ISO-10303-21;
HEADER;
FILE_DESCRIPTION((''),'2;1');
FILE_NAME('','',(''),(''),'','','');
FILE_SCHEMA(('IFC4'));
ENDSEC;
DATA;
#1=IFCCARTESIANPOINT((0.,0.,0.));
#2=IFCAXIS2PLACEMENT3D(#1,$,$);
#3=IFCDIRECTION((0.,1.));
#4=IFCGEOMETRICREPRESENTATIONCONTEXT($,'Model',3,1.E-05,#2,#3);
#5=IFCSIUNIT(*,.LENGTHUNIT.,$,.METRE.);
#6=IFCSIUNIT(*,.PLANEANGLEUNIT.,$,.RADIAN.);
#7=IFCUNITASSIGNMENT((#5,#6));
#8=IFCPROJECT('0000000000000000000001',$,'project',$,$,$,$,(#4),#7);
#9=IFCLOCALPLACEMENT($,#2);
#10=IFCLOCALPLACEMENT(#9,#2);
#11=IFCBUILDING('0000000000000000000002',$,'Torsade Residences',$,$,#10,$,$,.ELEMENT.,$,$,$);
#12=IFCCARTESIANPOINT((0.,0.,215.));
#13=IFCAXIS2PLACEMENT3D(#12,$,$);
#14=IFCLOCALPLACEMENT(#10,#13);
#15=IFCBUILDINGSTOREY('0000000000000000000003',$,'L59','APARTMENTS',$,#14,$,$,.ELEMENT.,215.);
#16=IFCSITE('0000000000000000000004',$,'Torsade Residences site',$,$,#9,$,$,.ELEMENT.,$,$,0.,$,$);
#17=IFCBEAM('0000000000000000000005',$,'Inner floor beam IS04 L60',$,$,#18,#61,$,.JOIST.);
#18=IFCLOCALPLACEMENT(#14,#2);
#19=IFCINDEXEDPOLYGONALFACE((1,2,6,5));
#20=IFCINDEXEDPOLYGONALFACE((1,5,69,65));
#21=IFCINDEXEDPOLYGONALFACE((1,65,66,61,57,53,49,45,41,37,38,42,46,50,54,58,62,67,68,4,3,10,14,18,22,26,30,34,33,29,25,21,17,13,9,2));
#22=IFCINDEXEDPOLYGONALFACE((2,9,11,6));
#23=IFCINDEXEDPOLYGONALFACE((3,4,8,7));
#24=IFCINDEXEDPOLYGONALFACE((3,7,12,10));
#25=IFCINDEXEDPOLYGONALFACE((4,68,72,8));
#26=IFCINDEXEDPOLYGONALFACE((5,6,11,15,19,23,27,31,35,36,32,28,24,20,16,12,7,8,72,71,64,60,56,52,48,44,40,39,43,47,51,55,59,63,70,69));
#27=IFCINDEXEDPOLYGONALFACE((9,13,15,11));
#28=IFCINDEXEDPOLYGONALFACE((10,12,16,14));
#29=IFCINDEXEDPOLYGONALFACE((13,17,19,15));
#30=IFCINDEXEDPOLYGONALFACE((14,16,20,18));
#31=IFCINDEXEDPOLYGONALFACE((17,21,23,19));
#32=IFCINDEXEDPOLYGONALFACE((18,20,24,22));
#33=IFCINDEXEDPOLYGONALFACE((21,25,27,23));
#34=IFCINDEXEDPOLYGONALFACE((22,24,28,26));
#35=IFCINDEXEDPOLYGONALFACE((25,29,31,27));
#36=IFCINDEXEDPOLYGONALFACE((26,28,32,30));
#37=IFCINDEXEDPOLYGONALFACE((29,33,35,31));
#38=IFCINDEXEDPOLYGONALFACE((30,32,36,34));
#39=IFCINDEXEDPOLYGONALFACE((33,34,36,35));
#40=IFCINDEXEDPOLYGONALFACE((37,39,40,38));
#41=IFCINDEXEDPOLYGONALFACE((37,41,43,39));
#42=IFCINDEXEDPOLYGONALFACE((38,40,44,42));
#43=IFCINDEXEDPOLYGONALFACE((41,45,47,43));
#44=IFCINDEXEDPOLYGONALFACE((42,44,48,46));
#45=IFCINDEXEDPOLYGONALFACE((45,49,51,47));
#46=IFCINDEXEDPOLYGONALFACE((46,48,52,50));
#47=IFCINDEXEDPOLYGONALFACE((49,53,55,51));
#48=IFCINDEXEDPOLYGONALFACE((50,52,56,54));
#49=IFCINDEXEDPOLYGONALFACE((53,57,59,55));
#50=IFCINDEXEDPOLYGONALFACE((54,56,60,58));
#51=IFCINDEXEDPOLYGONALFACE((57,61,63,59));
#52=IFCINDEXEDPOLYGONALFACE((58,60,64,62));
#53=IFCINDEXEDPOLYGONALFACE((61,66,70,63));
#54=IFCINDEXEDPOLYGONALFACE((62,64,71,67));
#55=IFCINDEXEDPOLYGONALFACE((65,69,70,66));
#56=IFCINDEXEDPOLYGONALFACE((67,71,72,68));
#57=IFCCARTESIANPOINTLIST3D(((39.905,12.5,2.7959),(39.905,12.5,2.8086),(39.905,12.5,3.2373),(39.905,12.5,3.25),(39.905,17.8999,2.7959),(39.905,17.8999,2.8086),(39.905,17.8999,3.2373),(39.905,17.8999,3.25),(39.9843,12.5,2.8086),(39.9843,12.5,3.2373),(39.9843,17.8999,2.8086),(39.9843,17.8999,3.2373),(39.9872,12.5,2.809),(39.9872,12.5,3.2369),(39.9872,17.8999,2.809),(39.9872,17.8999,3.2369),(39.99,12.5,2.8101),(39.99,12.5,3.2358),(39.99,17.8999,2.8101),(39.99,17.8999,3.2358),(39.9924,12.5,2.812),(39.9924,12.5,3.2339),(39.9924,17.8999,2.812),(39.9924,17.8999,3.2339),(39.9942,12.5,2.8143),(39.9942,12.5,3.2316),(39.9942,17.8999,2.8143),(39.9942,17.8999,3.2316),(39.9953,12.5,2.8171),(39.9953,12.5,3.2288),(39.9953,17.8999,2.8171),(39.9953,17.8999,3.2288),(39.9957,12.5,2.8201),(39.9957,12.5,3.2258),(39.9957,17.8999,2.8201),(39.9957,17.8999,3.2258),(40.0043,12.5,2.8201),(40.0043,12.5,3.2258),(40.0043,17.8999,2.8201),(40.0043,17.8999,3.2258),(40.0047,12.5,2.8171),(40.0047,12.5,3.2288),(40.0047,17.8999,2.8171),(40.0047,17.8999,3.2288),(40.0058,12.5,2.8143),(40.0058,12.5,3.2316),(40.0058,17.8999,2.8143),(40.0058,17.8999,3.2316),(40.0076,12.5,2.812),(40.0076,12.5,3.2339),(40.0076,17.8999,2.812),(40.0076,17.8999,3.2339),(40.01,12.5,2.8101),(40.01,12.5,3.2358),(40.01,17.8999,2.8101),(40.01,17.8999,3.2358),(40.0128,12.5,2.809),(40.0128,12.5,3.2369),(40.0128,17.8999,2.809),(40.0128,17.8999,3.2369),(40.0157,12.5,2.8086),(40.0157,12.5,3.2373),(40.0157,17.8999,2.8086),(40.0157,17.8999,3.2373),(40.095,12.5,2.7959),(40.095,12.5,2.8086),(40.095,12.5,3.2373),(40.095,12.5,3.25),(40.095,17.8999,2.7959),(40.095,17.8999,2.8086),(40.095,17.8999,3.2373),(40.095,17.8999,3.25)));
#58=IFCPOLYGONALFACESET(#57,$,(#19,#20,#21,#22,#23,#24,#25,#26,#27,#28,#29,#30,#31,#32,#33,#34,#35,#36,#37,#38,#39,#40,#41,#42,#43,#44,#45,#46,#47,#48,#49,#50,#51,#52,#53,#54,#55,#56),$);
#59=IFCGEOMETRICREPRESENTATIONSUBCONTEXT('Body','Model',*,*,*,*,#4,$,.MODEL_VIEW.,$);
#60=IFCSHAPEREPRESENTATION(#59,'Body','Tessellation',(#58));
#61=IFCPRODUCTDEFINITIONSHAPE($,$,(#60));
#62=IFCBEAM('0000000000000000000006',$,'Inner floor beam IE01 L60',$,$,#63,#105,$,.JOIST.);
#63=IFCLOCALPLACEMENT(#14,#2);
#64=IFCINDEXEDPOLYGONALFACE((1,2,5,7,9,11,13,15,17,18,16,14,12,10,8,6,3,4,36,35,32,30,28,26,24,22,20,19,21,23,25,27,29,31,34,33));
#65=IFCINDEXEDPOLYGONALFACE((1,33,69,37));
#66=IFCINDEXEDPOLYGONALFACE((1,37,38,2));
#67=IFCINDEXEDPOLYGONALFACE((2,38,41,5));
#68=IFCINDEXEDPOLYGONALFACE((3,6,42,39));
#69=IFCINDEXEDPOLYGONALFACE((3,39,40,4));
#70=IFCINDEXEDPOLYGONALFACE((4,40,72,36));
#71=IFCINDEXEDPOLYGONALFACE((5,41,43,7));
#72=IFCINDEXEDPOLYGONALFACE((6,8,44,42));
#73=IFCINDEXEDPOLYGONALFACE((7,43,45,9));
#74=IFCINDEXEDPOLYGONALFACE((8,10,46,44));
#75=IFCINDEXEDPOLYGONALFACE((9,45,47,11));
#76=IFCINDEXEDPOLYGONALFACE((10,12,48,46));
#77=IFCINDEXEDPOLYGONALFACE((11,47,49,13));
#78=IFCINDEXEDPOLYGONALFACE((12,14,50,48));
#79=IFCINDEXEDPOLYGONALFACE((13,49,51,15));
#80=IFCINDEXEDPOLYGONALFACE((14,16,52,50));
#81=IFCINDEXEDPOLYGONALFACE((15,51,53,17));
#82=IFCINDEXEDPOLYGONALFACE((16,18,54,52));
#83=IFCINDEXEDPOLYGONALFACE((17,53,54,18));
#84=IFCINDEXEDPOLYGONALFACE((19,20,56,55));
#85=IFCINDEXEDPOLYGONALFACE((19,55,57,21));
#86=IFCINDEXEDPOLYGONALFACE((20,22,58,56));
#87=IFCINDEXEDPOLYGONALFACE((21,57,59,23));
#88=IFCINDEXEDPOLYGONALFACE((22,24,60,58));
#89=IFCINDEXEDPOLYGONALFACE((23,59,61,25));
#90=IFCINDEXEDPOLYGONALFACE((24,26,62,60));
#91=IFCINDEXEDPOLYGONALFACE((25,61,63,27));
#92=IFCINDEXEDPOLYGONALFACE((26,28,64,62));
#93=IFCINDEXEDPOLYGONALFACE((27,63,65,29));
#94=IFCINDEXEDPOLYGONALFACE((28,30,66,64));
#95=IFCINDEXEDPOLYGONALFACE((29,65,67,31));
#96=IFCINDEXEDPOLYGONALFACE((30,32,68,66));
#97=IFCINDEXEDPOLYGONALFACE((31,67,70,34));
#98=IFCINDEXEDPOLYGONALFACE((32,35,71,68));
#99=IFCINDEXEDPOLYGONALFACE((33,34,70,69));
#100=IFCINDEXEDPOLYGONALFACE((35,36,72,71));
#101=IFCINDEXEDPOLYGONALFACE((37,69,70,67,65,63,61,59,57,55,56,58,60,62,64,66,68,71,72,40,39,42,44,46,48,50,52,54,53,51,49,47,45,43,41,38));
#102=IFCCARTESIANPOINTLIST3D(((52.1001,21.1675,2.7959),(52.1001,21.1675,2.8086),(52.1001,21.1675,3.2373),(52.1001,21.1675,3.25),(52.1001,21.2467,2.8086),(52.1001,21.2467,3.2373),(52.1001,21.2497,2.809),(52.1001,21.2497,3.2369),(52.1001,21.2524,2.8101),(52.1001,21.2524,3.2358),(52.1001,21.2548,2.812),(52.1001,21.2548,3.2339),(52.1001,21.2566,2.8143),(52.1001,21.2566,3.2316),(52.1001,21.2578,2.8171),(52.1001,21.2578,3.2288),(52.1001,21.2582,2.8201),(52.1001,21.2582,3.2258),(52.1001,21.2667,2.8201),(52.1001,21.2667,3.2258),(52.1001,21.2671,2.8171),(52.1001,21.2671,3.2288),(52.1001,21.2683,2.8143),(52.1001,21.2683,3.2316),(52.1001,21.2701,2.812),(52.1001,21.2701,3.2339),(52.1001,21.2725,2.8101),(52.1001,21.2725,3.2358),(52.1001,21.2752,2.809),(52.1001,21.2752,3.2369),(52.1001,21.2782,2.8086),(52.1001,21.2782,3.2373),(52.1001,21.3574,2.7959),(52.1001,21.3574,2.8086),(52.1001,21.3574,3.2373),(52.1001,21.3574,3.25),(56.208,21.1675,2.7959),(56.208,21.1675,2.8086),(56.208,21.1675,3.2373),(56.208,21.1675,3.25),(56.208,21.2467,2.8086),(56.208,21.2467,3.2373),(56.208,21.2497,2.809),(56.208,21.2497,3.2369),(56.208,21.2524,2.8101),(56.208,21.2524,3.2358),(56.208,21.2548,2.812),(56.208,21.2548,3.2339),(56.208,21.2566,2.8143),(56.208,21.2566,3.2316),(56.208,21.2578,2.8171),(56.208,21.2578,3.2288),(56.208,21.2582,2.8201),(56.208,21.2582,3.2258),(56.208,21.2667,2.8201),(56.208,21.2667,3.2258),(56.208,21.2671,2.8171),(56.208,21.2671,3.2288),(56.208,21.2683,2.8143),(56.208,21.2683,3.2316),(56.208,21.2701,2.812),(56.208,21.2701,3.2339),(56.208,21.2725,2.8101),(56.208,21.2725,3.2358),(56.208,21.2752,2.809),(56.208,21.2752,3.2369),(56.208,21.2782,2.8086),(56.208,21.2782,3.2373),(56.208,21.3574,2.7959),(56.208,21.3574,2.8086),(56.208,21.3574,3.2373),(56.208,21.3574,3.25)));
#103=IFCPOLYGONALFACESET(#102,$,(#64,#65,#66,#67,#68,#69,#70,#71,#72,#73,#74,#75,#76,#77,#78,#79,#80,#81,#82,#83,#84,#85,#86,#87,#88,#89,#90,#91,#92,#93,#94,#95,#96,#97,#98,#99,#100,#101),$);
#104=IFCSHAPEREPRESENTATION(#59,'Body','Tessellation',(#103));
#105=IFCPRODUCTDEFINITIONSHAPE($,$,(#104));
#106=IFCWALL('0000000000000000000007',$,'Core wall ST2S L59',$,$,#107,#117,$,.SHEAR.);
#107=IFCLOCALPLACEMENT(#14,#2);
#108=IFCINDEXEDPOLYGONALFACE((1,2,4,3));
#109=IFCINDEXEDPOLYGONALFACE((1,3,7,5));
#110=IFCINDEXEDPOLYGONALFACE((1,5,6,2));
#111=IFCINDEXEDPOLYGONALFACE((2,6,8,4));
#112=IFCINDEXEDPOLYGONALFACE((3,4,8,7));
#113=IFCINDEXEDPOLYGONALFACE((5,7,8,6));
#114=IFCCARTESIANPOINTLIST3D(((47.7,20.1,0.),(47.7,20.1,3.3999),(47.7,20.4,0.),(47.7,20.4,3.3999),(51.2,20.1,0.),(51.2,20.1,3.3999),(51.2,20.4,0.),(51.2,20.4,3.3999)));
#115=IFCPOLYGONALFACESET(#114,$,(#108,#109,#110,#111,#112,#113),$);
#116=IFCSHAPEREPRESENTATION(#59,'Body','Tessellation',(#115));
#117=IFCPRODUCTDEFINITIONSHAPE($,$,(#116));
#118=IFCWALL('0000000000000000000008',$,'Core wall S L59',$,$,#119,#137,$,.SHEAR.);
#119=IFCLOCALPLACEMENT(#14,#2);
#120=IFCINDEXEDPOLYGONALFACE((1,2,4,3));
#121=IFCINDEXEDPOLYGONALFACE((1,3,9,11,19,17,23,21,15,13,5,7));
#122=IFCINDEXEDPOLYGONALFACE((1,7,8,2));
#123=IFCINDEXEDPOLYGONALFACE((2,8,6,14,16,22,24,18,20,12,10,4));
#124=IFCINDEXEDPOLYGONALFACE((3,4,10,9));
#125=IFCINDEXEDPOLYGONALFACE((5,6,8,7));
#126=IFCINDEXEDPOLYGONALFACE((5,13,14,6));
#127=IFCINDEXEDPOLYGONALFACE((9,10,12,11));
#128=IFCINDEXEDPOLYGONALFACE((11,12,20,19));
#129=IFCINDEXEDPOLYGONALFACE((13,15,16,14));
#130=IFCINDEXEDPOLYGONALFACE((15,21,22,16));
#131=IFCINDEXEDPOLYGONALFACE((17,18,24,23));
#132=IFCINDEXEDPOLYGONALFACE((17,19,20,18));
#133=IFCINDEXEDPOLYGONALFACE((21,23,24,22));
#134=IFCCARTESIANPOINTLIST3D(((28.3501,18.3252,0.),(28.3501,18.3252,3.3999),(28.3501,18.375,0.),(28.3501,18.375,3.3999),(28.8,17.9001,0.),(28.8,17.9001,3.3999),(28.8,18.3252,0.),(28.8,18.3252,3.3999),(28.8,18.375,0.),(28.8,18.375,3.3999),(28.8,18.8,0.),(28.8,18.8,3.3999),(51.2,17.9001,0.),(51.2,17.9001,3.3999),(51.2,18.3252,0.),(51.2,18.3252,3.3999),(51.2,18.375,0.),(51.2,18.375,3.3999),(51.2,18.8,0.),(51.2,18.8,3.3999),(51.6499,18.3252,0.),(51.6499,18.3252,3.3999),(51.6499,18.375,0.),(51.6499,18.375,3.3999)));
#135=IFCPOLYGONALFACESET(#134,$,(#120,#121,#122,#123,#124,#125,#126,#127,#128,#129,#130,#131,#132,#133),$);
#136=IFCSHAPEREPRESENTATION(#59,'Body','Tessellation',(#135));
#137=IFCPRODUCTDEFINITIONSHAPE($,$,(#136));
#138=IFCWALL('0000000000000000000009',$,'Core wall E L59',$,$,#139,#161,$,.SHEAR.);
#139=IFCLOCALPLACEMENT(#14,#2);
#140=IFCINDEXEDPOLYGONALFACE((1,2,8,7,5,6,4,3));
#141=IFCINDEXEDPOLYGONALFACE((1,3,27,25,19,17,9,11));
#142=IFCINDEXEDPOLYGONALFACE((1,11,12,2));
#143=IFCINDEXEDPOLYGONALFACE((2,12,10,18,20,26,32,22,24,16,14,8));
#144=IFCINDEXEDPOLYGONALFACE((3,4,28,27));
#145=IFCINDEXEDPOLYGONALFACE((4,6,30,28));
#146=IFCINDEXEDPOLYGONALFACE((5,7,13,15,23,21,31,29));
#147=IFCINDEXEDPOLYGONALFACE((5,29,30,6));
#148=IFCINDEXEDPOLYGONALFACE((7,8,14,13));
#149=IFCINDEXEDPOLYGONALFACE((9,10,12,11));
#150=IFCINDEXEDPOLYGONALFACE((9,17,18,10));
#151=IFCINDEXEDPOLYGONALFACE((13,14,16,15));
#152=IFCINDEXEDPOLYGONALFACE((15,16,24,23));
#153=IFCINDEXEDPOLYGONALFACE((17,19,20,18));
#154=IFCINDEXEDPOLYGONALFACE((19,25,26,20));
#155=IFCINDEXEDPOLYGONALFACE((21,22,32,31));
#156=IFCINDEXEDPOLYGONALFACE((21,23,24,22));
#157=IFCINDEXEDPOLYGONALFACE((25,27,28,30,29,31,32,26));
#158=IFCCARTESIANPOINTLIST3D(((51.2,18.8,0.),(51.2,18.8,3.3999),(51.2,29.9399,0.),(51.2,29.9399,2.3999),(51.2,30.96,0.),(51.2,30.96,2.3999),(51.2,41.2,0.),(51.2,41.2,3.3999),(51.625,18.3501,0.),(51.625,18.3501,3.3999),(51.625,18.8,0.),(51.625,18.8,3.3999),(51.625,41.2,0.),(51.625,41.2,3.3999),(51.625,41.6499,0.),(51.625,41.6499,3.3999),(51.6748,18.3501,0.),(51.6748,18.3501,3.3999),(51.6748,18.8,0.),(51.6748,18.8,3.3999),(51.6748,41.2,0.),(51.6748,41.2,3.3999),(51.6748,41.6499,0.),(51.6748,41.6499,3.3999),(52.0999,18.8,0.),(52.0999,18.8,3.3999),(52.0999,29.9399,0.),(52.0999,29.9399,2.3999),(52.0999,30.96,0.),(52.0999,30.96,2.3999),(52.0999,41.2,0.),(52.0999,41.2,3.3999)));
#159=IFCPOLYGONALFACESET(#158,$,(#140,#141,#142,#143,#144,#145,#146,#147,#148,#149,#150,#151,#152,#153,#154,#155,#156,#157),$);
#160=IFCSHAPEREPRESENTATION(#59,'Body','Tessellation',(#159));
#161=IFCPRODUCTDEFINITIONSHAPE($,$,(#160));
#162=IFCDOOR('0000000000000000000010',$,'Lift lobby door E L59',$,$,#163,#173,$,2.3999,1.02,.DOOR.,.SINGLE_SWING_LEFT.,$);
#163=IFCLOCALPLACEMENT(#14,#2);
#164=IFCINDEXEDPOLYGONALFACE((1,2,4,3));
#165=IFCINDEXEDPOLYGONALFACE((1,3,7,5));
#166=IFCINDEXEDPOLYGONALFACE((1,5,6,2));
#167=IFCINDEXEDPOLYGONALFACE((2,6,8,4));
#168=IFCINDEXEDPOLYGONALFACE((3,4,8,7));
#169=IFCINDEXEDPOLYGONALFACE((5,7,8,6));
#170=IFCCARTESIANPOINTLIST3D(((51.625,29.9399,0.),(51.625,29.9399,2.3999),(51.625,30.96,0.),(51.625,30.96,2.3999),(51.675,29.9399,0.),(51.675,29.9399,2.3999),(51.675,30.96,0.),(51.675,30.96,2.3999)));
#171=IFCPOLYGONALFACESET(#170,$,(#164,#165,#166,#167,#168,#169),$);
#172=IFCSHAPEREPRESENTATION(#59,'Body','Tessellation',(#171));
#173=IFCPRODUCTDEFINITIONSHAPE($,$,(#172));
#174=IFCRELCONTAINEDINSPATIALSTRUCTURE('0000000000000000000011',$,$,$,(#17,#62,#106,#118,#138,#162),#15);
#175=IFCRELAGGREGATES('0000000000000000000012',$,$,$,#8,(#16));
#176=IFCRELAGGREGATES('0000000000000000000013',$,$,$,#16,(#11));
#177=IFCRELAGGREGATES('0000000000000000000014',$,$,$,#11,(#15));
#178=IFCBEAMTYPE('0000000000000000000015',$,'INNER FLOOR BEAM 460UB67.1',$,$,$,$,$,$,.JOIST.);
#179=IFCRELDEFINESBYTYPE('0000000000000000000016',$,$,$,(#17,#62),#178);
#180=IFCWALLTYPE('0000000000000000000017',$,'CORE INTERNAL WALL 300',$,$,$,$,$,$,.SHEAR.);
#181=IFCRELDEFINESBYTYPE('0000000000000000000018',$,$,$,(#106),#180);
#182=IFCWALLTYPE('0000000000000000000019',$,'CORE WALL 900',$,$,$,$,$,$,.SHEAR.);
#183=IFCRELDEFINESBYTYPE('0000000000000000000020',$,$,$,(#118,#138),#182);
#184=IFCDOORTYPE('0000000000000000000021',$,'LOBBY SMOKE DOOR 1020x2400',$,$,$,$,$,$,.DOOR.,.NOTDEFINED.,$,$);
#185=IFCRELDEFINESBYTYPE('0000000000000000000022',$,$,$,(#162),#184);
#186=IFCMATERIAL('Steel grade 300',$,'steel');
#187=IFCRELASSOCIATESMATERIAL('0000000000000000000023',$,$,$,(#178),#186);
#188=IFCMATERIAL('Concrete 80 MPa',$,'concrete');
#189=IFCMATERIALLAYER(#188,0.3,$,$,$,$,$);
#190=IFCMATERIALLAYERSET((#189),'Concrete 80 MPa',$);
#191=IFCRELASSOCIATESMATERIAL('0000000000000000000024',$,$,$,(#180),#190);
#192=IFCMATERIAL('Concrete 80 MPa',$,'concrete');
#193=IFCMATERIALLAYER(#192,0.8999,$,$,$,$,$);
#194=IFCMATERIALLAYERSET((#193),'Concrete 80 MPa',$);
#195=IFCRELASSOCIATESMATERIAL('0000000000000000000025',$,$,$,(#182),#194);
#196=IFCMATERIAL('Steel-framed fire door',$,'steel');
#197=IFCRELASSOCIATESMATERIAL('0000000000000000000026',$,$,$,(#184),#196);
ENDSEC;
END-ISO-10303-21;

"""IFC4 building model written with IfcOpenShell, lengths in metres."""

from ifc_helpers import new_model, si_unit, direction, frame, frame_2d, origin, origin_2d, place, context, subcontext, project, spatial, polyline, rectangle, i_section, outline, extrude, material, layer, layer_set, material_profile, profile_set, type_object, element, fill, save


model = new_model("IFC4")

# Units and contexts
model_context = context("Model", 3, precision=1e-05, world=origin(), true_north=direction((0.0, 1.0)))
body_context = subcontext(model_context, "Body", "Model", "MODEL_VIEW")
ifc_project = project(units=[si_unit("LENGTHUNIT", "METRE"), si_unit("PLANEANGLEUNIT", "RADIAN")], contexts=[model_context])

# Site, building, storey
site_placement = place(None, origin())
site = spatial("IfcSite", under=ifc_project, at=site_placement, Name="Torsade Residences site", CompositionType="ELEMENT", RefElevation=0.0)
building_placement = place(site_placement, origin())
building = spatial("IfcBuilding", under=site, at=building_placement, Name="Torsade Residences", CompositionType="ELEMENT")
storey_placement = place(building_placement, frame((0.0, 0.0, 215.0)))
storey = spatial("IfcBuildingStorey", under=building, at=storey_placement, Name="L59", Description="APARTMENTS", CompositionType="ELEMENT", Elevation=215.0)

# Beams
ifc_material_1 = material(Name="Steel grade 300", Category="steel")
ifc_material_profile_1 = material_profile(ifc_material_1, i_section(OverallWidth=0.1899, OverallDepth=0.4541, WebThickness=0.0085, FlangeThickness=0.0127, FilletRadius=0.0115, at=origin_2d()), Name="460UB67.1")
ifc_profile_set_1 = profile_set([ifc_material_profile_1], Name="Steel grade 300")
beam_type = type_object("IfcBeamType", Name="INNER FLOOR BEAM 460UB67.1", PredefinedType="JOIST", material=ifc_profile_set_1)
for number, where, z_axis, x_axis, name in (
    (1, (40.0, 17.8999, 3.0229), (0.0, -1.0, 0.0), (1.0, 0.0, 0.0), "Inner floor beam IS04 L60"),
):
    element("IfcBeam", number, at=place(storey_placement, frame(where, z_axis=z_axis, x_axis=x_axis)), inside=storey, type_object=beam_type, Name=name, PredefinedType="JOIST", context=body_context, shape_type="SweptSolid", body=[
        extrude(i_section(OverallWidth=0.1899, OverallDepth=0.4541, WebThickness=0.0085, FlangeThickness=0.0127, FilletRadius=0.0115, at=origin_2d()), origin(), (0.0, 0.0, 1.0), 5.3999),
    ])
beam_1_placement = place(storey_placement, frame((52.1001, 21.2625, 3.0229), z_axis=(1.0, 0.0, 0.0), x_axis=(0.0, 1.0, 0.0)))
element("IfcBeam", 2, at=beam_1_placement, inside=storey, type_object=beam_type, Name="Inner floor beam IE01 L60", PredefinedType="JOIST", context=body_context, shape_type="SweptSolid", body=[
    extrude(i_section(OverallWidth=0.1899, OverallDepth=0.4541, WebThickness=0.0085, FlangeThickness=0.0127, FilletRadius=0.0115, at=origin_2d()), origin(), (0.0, 0.0, 1.0), 4.1079),
])

# Walls
ifc_material_2 = material(Name="Concrete 80 MPa", Category="concrete")
ifc_layer_1 = layer(ifc_material_2, 0.3)
ifc_layer_set_1 = layer_set([ifc_layer_1], Name="Concrete 80 MPa")
wall_type_1 = type_object("IfcWallType", Name="CORE INTERNAL WALL 300", PredefinedType="SHEAR", material=ifc_layer_set_1)
wall_1_placement = place(storey_placement, frame((51.2, 20.25, 0.0), z_axis=(0.0, 0.0, 1.0), x_axis=(-1.0, 0.0, 0.0)))
element("IfcWall", 3, at=wall_1_placement, inside=storey, type_object=wall_type_1, Name="Core wall ST2S L59", PredefinedType="SHEAR", context=body_context, shape_type="SweptSolid", body=[
    extrude(rectangle(XDim=3.5, YDim=0.3, at=frame_2d((1.75, 0.0))), origin(), (0.0, 0.0, 1.0), 3.3999),
])
ifc_material_3 = material(Name="Concrete 80 MPa", Category="concrete")
ifc_layer_2 = layer(ifc_material_3, 0.8999)
ifc_layer_set_2 = layer_set([ifc_layer_2], Name="Concrete 80 MPa")
wall_type_2 = type_object("IfcWallType", Name="CORE WALL 900", PredefinedType="SHEAR", material=ifc_layer_set_2)
wall_2_placement = place(storey_placement, frame((51.2, 18.3501, 0.0), z_axis=(0.0, 0.0, 1.0), x_axis=(-1.0, 0.0, 0.0)))
element("IfcWall", 4, at=wall_2_placement, inside=storey, type_object=wall_type_2, Name="Core wall S L59", PredefinedType="SHEAR", context=body_context, shape_type="SweptSolid", body=[
    extrude(outline(polyline([(0.0, -0.45), (22.3999, -0.45), (22.3999, -0.0249), (22.8499, -0.0249), (22.8499, 0.0249), (22.3999, 0.0249), (22.3999, 0.45), (0.0, 0.45), (0.0, 0.0249), (-0.45, 0.0249), (-0.45, -0.0249), (0.0, -0.0249), (0.0, -0.45)])), origin(), (0.0, 0.0, 1.0), 3.3999),
])

# Wall, opening, door
wall_3_placement = place(storey_placement, frame((51.6499, 18.8, 0.0), z_axis=(0.0, 0.0, 1.0), x_axis=(0.0, 1.0, 0.0)))
wall_3 = element("IfcWall", 5, at=wall_3_placement, inside=storey, type_object=wall_type_2, Name="Core wall E L59", PredefinedType="SHEAR", context=body_context, shape_type="SweptSolid", body=[
    extrude(outline(polyline([(0.0, -0.45), (22.3999, -0.45), (22.3999, -0.0249), (22.8499, -0.0249), (22.8499, 0.0249), (22.3999, 0.0249), (22.3999, 0.45), (0.0, 0.45), (0.0, 0.0249), (-0.45, 0.0249), (-0.45, -0.0249), (0.0, -0.0249), (0.0, -0.45)])), origin(), (0.0, 0.0, 1.0), 3.3999),
])
opening_1_placement = place(wall_3_placement, frame((11.1399, 0.0, 0.0)))
opening_1 = element("IfcOpeningElement", 6, at=opening_1_placement, cuts=wall_3, PredefinedType="OPENING", context=body_context, shape_type="SweptSolid", body=[
    extrude(rectangle(XDim=1.02, YDim=2.3999, at=frame_2d((0.51, 1.2))), frame((0.0, 0.46, 0.0), z_axis=(0.0, -1.0, 0.0), x_axis=(1.0, 0.0, 0.0)), (0.0, 0.0, 1.0), 0.9199),
])
ifc_material_4 = material(Name="Steel-framed fire door", Category="steel")
door_type_1 = type_object("IfcDoorType", Name="LOBBY SMOKE DOOR 1020x2400", OperationType="NOTDEFINED", PredefinedType="DOOR", material=ifc_material_4)
door_1_placement = place(opening_1_placement, origin())
door_1 = element("IfcDoor", 7, at=door_1_placement, inside=storey, type_object=door_type_1, Name="Lift lobby door E L59", OperationType="SINGLE_SWING_LEFT", OverallHeight=2.3999, OverallWidth=1.02, PredefinedType="DOOR", context=body_context, shape_type="SweptSolid", body=[
    extrude(rectangle(XDim=1.02, YDim=2.3999, at=frame_2d((0.51, 1.2))), frame((0.0, 0.0249, 0.0), z_axis=(0.0, -1.0, 0.0), x_axis=(1.0, 0.0, 0.0)), (0.0, 0.0, 1.0), 0.05),
])
fill(opening_1, door_1)

save(model, "model.ifc")
